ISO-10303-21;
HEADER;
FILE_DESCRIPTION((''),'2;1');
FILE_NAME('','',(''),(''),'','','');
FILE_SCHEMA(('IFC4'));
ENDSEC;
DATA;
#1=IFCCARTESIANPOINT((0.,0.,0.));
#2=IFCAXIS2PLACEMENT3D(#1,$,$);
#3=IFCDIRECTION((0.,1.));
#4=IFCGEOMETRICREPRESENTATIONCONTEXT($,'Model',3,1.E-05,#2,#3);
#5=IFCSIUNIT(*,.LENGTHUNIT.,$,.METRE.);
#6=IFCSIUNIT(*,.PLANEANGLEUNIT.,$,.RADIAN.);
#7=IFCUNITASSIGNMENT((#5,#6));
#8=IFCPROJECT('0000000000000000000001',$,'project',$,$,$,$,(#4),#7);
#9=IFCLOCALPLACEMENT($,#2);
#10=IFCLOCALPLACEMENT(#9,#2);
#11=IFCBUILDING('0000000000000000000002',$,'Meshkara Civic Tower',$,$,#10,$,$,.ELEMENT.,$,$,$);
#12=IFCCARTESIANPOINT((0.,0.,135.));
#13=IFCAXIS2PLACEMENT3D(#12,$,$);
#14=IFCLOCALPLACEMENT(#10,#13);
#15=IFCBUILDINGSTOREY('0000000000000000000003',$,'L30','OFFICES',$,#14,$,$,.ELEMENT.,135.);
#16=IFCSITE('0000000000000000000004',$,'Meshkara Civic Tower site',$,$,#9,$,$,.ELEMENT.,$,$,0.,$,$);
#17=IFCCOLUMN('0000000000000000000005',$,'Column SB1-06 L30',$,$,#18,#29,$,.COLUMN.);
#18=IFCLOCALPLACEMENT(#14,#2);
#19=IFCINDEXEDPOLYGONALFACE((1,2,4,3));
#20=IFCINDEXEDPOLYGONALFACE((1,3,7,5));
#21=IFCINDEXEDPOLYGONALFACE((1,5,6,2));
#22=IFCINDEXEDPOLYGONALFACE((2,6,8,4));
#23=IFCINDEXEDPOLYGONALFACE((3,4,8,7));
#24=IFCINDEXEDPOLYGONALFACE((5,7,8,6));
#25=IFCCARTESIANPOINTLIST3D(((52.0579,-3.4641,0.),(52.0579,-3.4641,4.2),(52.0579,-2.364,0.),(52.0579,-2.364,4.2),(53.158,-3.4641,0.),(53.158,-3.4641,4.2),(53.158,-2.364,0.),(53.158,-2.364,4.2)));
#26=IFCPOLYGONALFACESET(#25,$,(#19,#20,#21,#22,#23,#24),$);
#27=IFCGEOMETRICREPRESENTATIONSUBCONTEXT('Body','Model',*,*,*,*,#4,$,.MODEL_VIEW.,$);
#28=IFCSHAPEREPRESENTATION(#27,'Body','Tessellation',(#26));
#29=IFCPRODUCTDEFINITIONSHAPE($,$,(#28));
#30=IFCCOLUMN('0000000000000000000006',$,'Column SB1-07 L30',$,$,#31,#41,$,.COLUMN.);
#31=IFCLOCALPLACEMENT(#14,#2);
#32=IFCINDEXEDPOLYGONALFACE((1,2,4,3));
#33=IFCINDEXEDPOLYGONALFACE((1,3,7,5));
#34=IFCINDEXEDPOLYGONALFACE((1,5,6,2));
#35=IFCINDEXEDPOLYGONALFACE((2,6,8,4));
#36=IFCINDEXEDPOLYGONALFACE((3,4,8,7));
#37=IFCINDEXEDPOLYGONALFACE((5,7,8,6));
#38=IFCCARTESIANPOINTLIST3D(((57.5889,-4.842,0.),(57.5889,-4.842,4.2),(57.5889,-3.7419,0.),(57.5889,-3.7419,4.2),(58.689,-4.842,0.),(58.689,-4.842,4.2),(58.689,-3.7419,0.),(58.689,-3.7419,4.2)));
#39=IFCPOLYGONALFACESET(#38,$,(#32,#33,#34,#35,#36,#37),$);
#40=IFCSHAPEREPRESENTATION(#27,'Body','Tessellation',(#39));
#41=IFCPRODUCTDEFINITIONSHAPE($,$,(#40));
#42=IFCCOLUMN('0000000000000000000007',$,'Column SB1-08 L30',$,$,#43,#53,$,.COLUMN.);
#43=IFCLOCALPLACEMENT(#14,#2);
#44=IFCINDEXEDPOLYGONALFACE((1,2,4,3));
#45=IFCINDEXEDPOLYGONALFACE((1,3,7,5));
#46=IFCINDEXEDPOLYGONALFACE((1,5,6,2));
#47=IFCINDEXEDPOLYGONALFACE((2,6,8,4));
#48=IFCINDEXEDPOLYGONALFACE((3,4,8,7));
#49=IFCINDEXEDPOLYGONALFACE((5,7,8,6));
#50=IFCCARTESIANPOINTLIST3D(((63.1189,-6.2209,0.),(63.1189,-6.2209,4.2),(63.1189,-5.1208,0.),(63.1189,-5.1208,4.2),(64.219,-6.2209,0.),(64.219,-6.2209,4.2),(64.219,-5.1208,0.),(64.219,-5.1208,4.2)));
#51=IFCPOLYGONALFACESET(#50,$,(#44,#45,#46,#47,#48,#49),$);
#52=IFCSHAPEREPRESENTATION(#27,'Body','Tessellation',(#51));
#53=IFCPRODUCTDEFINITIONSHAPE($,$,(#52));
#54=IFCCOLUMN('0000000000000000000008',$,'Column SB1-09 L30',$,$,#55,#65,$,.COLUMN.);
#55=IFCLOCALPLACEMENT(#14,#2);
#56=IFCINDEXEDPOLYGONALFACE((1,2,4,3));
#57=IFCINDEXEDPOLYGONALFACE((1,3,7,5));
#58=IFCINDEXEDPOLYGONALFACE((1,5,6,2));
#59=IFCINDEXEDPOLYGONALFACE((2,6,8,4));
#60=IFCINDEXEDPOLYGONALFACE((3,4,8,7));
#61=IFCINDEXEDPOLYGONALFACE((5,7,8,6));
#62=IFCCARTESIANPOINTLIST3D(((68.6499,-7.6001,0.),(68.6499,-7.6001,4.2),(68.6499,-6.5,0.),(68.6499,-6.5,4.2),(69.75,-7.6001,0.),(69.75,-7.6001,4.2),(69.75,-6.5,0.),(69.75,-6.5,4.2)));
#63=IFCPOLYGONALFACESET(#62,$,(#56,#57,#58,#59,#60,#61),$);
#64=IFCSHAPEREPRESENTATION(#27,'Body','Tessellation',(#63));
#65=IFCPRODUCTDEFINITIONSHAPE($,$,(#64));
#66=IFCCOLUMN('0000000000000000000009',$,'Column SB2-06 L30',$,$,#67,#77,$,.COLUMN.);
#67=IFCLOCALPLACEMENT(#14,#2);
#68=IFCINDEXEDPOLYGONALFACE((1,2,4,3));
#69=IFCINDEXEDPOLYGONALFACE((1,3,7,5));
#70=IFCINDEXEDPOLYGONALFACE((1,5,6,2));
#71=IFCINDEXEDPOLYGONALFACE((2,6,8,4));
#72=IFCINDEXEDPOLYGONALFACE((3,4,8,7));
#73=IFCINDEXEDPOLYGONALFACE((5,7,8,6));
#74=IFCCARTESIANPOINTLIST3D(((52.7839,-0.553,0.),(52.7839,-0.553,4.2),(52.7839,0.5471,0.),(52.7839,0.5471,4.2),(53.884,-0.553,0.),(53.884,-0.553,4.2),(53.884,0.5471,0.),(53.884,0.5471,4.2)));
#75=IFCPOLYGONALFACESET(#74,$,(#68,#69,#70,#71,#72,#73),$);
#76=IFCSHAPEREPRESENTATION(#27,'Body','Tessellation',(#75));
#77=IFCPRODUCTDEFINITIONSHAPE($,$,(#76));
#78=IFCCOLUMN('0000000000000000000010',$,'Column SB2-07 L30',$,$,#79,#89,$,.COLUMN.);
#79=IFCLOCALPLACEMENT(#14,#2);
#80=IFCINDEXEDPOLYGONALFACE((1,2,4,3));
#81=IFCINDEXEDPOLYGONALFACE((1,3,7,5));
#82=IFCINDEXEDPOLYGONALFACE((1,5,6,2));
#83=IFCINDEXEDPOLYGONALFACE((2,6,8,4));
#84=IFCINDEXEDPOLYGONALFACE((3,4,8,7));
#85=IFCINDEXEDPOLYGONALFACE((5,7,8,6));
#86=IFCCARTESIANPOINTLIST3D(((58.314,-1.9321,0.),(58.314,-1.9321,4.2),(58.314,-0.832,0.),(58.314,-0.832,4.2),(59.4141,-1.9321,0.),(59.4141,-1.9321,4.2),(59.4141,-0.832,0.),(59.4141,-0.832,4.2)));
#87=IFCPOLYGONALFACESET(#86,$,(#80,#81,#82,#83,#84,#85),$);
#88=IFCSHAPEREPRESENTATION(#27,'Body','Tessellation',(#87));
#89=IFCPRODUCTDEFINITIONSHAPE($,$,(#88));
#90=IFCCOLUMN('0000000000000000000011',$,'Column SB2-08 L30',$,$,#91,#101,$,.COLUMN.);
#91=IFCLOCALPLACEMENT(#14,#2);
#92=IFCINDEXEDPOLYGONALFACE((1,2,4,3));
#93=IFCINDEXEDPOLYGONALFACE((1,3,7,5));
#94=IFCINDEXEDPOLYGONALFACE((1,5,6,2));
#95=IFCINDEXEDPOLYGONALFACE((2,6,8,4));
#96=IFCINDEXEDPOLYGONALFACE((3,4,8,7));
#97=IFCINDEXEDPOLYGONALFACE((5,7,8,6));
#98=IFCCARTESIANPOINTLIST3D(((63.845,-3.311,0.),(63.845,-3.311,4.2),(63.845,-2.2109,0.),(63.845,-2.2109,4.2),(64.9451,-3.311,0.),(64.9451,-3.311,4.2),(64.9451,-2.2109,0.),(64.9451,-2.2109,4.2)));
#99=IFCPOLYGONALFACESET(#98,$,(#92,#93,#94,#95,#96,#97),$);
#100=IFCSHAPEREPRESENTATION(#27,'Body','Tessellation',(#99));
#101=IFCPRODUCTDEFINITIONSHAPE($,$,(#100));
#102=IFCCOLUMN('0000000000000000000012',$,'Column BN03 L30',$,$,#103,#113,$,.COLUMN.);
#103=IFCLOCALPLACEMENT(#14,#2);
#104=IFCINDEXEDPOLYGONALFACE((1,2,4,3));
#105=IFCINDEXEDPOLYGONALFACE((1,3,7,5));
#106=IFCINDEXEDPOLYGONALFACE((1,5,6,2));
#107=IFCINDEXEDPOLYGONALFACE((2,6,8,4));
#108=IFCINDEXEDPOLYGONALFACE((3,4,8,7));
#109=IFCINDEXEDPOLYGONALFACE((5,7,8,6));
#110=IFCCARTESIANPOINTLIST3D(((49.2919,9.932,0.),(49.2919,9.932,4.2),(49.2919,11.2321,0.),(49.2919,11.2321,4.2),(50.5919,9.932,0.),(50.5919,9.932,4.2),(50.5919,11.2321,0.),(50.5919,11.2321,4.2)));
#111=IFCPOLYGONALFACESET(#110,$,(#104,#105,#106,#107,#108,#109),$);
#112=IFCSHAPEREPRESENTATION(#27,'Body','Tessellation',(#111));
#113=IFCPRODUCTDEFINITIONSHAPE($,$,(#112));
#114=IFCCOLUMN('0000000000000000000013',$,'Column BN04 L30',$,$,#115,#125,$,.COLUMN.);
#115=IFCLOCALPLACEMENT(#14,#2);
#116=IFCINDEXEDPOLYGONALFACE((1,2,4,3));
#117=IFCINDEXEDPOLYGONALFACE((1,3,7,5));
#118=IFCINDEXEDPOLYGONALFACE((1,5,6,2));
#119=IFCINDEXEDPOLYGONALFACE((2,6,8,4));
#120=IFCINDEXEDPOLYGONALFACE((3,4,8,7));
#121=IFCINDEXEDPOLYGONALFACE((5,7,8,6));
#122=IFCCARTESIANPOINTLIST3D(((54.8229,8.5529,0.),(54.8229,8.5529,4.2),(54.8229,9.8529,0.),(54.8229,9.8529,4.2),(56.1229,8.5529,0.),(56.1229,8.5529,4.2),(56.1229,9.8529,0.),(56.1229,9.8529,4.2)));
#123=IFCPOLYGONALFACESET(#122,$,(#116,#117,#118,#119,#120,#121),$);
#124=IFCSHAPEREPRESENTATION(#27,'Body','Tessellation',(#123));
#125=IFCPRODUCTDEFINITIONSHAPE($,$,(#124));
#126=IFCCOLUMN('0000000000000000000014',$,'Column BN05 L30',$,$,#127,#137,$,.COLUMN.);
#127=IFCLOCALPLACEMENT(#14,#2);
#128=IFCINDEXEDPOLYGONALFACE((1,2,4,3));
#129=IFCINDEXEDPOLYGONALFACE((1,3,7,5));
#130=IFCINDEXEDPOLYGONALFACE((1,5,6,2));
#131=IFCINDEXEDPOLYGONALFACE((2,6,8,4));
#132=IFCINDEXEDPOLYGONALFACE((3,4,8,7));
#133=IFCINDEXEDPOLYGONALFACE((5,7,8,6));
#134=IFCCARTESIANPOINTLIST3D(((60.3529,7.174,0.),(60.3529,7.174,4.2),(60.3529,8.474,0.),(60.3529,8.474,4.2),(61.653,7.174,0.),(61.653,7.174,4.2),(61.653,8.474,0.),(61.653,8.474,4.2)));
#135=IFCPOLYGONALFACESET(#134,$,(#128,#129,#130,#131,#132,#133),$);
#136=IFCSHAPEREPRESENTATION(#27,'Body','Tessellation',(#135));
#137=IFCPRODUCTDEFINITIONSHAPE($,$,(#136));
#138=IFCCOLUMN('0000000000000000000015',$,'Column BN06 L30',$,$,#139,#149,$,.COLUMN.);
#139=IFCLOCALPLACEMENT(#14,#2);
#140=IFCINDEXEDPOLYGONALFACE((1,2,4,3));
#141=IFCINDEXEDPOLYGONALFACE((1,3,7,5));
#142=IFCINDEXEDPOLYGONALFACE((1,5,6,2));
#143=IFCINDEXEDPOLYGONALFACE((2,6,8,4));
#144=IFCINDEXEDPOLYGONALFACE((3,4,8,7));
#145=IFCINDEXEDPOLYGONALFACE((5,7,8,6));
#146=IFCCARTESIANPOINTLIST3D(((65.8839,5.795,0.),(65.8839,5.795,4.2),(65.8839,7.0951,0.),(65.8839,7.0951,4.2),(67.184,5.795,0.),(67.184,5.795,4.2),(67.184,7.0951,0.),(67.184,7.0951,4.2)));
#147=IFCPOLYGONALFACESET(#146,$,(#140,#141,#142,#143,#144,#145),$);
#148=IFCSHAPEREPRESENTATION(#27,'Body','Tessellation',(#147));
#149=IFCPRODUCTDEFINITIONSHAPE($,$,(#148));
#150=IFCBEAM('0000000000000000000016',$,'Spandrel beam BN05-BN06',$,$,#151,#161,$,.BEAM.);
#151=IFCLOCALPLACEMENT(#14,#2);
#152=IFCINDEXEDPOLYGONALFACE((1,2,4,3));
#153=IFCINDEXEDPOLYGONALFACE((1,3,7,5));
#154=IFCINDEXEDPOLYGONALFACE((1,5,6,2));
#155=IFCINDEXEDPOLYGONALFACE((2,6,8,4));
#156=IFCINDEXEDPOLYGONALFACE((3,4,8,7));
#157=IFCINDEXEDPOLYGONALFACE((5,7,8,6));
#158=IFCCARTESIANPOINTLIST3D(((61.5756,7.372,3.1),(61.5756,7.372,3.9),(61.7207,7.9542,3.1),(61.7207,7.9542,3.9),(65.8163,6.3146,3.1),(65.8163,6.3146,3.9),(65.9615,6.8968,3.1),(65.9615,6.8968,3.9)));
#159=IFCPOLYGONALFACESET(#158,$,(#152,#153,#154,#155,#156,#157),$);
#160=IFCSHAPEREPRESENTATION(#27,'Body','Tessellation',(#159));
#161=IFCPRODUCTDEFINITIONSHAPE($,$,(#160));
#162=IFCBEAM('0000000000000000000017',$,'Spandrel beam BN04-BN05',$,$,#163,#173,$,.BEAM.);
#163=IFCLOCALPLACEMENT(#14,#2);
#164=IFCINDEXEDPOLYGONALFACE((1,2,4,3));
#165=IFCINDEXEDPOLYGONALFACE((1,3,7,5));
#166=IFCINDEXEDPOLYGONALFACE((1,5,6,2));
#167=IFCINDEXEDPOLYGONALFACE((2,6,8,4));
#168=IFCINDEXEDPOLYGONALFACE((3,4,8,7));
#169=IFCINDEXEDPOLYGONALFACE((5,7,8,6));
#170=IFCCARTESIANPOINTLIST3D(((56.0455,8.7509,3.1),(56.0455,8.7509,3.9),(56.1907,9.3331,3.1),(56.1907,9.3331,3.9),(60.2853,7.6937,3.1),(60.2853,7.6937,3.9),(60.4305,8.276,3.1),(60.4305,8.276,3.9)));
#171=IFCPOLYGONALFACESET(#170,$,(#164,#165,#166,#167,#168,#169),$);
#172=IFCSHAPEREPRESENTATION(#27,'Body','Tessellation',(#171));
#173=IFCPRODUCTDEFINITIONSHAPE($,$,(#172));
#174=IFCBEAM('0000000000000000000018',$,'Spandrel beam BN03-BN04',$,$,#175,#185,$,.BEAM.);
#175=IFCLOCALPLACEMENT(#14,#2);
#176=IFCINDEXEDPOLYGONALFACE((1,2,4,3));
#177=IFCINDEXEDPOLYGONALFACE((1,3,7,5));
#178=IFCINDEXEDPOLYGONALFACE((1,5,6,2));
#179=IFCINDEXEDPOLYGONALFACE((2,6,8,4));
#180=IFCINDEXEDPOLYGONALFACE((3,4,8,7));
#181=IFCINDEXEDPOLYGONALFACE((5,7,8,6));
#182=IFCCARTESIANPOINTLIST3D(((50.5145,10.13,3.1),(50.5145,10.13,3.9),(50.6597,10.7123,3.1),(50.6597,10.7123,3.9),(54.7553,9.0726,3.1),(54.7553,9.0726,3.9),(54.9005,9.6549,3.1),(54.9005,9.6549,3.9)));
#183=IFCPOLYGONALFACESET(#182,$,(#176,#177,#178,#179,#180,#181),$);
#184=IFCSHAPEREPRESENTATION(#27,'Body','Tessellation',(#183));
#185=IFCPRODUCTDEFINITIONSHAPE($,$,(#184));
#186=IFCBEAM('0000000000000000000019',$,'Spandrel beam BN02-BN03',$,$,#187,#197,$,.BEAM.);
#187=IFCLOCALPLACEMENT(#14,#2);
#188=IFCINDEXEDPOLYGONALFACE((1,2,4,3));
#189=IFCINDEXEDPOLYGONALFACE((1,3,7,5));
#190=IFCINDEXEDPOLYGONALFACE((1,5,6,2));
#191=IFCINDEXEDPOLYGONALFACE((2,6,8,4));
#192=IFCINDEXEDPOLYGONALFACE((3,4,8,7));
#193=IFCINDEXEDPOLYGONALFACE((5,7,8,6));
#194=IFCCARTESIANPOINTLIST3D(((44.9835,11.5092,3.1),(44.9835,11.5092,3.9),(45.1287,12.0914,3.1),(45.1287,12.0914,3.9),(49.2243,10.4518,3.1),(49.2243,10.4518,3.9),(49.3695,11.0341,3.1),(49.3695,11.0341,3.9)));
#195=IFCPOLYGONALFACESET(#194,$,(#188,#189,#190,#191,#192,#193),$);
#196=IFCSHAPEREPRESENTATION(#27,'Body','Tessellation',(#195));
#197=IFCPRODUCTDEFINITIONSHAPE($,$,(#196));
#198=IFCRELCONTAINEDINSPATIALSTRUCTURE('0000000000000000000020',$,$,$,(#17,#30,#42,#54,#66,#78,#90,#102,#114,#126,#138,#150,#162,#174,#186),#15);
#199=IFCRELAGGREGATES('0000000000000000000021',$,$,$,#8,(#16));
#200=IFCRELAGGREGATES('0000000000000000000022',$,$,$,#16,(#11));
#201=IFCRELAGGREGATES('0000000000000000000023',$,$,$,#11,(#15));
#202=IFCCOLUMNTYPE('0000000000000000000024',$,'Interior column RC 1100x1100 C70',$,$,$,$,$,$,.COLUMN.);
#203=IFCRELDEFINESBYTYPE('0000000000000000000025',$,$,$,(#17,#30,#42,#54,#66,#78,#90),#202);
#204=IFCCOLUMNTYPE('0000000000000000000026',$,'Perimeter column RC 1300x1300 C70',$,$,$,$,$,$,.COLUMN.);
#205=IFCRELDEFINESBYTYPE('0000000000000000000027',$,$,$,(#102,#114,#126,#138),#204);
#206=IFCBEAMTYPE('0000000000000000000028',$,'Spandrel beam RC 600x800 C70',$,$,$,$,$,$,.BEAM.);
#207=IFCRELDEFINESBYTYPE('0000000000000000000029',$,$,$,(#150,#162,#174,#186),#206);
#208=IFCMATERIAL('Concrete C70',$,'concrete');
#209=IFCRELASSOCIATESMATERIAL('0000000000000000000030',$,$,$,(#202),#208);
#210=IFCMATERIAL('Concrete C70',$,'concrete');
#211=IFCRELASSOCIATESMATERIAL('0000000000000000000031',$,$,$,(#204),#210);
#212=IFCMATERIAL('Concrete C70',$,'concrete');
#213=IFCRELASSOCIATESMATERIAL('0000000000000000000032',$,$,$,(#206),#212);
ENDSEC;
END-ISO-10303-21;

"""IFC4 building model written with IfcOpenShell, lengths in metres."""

from ifc_helpers import new_model, si_unit, direction, frame, origin, origin_2d, place, context, subcontext, project, spatial, rectangle, extrude, material, material_profile, profile_set, type_object, element, save


model = new_model("IFC4")

# Units and contexts
model_context = context("Model", 3, precision=1e-05, world=origin(), true_north=direction((0.0, 1.0)))
body_context = subcontext(model_context, "Body", "Model", "MODEL_VIEW")
ifc_project = project(units=[si_unit("LENGTHUNIT", "METRE"), si_unit("PLANEANGLEUNIT", "RADIAN")], contexts=[model_context])

# Site, building, storey
site_placement = place(None, origin())
site = spatial("IfcSite", under=ifc_project, at=site_placement, Name="Meshkara Civic Tower site", CompositionType="ELEMENT", RefElevation=0.0)
building_placement = place(site_placement, origin())
building = spatial("IfcBuilding", under=site, at=building_placement, Name="Meshkara Civic Tower", CompositionType="ELEMENT")
storey_placement = place(building_placement, frame((0.0, 0.0, 135.0)))
storey = spatial("IfcBuildingStorey", under=building, at=storey_placement, Name="L30", Description="OFFICES", CompositionType="ELEMENT", Elevation=135.0)

# Columns
ifc_material_1 = material(Name="Concrete C70", Category="concrete")
ifc_material_profile_1 = material_profile(ifc_material_1, rectangle(XDim=1.1001, YDim=1.1001, at=origin_2d()))
ifc_profile_set_1 = profile_set([ifc_material_profile_1], Name="Concrete C70")
column_type_1 = type_object("IfcColumnType", Name="Interior column RC 1100x1100 C70", PredefinedType="COLUMN", material=ifc_profile_set_1)
for number, where, z_axis, x_axis, name in (
    (1, (52.6079, -2.9141, 0.0), (0.0, 0.0, 1.0), (1.0, 0.0, 0.0), "Column SB1-06 L30"),
    (2, (58.1389, -4.292, 0.0), (0.0, 0.0, 1.0), (1.0, 0.0, 0.0), "Column SB1-07 L30"),
    (3, (63.6689, -5.6709, 0.0), (0.0, 0.0, 1.0), (1.0, 0.0, 0.0), "Column SB1-08 L30"),
    (4, (69.2, -7.05, 0.0), (0.0, 0.0, 1.0), (1.0, 0.0, 0.0), "Column SB1-09 L30"),
    (5, (53.334, -0.0029, 0.0), (0.0, 0.0, 1.0), (1.0, 0.0, 0.0), "Column SB2-06 L30"),
    (6, (58.864, -1.3821, 0.0), (0.0, 0.0, 1.0), (1.0, 0.0, 0.0), "Column SB2-07 L30"),
    (7, (64.395, -2.761, 0.0), (0.0, 0.0, 1.0), (1.0, 0.0, 0.0), "Column SB2-08 L30"),
):
    element("IfcColumn", number, at=place(storey_placement, frame(where, z_axis=z_axis, x_axis=x_axis)), inside=storey, type_object=column_type_1, Name=name, PredefinedType="COLUMN", context=body_context, shape_type="SweptSolid", body=[
        extrude(rectangle(XDim=1.1001, YDim=1.1001, at=origin_2d()), origin(), (0.0, 0.0, 1.0), 4.2),
    ])
ifc_material_2 = material(Name="Concrete C70", Category="concrete")
ifc_material_profile_2 = material_profile(ifc_material_2, rectangle(XDim=1.3, YDim=1.3, at=origin_2d()))
ifc_profile_set_2 = profile_set([ifc_material_profile_2], Name="Concrete C70")
column_type_2 = type_object("IfcColumnType", Name="Perimeter column RC 1300x1300 C70", PredefinedType="COLUMN", material=ifc_profile_set_2)
for number, where, z_axis, x_axis, name in (
    (8, (49.9419, 10.582, 0.0), (0.0, 0.0, 1.0), (1.0, 0.0, 0.0), "Column BN03 L30"),
    (9, (55.4729, 9.2029, 0.0), (0.0, 0.0, 1.0), (1.0, 0.0, 0.0), "Column BN04 L30"),
    (10, (61.0029, 7.824, 0.0), (0.0, 0.0, 1.0), (1.0, 0.0, 0.0), "Column BN05 L30"),
    (11, (66.5339, 6.4451, 0.0), (0.0, 0.0, 1.0), (1.0, 0.0, 0.0), "Column BN06 L30"),
):
    element("IfcColumn", number, at=place(storey_placement, frame(where, z_axis=z_axis, x_axis=x_axis)), inside=storey, type_object=column_type_2, Name=name, PredefinedType="COLUMN", context=body_context, shape_type="SweptSolid", body=[
        extrude(rectangle(XDim=1.3, YDim=1.3, at=origin_2d()), origin(), (0.0, 0.0, 1.0), 4.2),
    ])

# Beams
ifc_material_3 = material(Name="Concrete C70", Category="concrete")
ifc_material_profile_3 = material_profile(ifc_material_3, rectangle(XDim=0.6001, YDim=0.8, at=origin_2d()))
ifc_profile_set_3 = profile_set([ifc_material_profile_3], Name="Concrete C70")
beam_type = type_object("IfcBeamType", Name="Spandrel beam RC 600x800 C70", PredefinedType="BEAM", material=ifc_profile_set_3)
beam_1_placement = place(storey_placement, frame((65.8889, 6.6057, 3.5), z_axis=(-0.970293, 0.241931, 0.0), x_axis=(-0.241931, -0.970293, 0.0)))
element("IfcBeam", 12, at=beam_1_placement, inside=storey, type_object=beam_type, Name="Spandrel beam BN05-BN06", PredefinedType="BEAM", context=body_context, shape_type="SweptSolid", body=[
    extrude(rectangle(XDim=0.6001, YDim=0.8, at=origin_2d()), origin(), (0.0, 0.0, 1.0), 4.3706),
])
beam_2_placement = place(storey_placement, frame((60.3579, 7.9849, 3.5), z_axis=(-0.970293, 0.241931, 0.0), x_axis=(-0.241931, -0.970293, 0.0)))
element("IfcBeam", 13, at=beam_2_placement, inside=storey, type_object=beam_type, Name="Spandrel beam BN04-BN05", PredefinedType="BEAM", context=body_context, shape_type="SweptSolid", body=[
    extrude(rectangle(XDim=0.6001, YDim=0.8, at=origin_2d()), origin(), (0.0, 0.0, 1.0), 4.3696),
])
for number, where, z_axis, x_axis, name in (
    (14, (54.8279, 9.3638, 3.5), (-0.970293, 0.241931, 0.0), (-0.241931, -0.970293, 0.0), "Spandrel beam BN03-BN04"),
    (15, (49.2969, 10.7429, 3.5), (-0.970293, 0.241931, 0.0), (-0.241931, -0.970293, 0.0), "Spandrel beam BN02-BN03"),
):
    element("IfcBeam", number, at=place(storey_placement, frame(where, z_axis=z_axis, x_axis=x_axis)), inside=storey, type_object=beam_type, Name=name, PredefinedType="BEAM", context=body_context, shape_type="SweptSolid", body=[
        extrude(rectangle(XDim=0.6001, YDim=0.8, at=origin_2d()), origin(), (0.0, 0.0, 1.0), 4.3706),
    ])

save(model, "model.ifc")
